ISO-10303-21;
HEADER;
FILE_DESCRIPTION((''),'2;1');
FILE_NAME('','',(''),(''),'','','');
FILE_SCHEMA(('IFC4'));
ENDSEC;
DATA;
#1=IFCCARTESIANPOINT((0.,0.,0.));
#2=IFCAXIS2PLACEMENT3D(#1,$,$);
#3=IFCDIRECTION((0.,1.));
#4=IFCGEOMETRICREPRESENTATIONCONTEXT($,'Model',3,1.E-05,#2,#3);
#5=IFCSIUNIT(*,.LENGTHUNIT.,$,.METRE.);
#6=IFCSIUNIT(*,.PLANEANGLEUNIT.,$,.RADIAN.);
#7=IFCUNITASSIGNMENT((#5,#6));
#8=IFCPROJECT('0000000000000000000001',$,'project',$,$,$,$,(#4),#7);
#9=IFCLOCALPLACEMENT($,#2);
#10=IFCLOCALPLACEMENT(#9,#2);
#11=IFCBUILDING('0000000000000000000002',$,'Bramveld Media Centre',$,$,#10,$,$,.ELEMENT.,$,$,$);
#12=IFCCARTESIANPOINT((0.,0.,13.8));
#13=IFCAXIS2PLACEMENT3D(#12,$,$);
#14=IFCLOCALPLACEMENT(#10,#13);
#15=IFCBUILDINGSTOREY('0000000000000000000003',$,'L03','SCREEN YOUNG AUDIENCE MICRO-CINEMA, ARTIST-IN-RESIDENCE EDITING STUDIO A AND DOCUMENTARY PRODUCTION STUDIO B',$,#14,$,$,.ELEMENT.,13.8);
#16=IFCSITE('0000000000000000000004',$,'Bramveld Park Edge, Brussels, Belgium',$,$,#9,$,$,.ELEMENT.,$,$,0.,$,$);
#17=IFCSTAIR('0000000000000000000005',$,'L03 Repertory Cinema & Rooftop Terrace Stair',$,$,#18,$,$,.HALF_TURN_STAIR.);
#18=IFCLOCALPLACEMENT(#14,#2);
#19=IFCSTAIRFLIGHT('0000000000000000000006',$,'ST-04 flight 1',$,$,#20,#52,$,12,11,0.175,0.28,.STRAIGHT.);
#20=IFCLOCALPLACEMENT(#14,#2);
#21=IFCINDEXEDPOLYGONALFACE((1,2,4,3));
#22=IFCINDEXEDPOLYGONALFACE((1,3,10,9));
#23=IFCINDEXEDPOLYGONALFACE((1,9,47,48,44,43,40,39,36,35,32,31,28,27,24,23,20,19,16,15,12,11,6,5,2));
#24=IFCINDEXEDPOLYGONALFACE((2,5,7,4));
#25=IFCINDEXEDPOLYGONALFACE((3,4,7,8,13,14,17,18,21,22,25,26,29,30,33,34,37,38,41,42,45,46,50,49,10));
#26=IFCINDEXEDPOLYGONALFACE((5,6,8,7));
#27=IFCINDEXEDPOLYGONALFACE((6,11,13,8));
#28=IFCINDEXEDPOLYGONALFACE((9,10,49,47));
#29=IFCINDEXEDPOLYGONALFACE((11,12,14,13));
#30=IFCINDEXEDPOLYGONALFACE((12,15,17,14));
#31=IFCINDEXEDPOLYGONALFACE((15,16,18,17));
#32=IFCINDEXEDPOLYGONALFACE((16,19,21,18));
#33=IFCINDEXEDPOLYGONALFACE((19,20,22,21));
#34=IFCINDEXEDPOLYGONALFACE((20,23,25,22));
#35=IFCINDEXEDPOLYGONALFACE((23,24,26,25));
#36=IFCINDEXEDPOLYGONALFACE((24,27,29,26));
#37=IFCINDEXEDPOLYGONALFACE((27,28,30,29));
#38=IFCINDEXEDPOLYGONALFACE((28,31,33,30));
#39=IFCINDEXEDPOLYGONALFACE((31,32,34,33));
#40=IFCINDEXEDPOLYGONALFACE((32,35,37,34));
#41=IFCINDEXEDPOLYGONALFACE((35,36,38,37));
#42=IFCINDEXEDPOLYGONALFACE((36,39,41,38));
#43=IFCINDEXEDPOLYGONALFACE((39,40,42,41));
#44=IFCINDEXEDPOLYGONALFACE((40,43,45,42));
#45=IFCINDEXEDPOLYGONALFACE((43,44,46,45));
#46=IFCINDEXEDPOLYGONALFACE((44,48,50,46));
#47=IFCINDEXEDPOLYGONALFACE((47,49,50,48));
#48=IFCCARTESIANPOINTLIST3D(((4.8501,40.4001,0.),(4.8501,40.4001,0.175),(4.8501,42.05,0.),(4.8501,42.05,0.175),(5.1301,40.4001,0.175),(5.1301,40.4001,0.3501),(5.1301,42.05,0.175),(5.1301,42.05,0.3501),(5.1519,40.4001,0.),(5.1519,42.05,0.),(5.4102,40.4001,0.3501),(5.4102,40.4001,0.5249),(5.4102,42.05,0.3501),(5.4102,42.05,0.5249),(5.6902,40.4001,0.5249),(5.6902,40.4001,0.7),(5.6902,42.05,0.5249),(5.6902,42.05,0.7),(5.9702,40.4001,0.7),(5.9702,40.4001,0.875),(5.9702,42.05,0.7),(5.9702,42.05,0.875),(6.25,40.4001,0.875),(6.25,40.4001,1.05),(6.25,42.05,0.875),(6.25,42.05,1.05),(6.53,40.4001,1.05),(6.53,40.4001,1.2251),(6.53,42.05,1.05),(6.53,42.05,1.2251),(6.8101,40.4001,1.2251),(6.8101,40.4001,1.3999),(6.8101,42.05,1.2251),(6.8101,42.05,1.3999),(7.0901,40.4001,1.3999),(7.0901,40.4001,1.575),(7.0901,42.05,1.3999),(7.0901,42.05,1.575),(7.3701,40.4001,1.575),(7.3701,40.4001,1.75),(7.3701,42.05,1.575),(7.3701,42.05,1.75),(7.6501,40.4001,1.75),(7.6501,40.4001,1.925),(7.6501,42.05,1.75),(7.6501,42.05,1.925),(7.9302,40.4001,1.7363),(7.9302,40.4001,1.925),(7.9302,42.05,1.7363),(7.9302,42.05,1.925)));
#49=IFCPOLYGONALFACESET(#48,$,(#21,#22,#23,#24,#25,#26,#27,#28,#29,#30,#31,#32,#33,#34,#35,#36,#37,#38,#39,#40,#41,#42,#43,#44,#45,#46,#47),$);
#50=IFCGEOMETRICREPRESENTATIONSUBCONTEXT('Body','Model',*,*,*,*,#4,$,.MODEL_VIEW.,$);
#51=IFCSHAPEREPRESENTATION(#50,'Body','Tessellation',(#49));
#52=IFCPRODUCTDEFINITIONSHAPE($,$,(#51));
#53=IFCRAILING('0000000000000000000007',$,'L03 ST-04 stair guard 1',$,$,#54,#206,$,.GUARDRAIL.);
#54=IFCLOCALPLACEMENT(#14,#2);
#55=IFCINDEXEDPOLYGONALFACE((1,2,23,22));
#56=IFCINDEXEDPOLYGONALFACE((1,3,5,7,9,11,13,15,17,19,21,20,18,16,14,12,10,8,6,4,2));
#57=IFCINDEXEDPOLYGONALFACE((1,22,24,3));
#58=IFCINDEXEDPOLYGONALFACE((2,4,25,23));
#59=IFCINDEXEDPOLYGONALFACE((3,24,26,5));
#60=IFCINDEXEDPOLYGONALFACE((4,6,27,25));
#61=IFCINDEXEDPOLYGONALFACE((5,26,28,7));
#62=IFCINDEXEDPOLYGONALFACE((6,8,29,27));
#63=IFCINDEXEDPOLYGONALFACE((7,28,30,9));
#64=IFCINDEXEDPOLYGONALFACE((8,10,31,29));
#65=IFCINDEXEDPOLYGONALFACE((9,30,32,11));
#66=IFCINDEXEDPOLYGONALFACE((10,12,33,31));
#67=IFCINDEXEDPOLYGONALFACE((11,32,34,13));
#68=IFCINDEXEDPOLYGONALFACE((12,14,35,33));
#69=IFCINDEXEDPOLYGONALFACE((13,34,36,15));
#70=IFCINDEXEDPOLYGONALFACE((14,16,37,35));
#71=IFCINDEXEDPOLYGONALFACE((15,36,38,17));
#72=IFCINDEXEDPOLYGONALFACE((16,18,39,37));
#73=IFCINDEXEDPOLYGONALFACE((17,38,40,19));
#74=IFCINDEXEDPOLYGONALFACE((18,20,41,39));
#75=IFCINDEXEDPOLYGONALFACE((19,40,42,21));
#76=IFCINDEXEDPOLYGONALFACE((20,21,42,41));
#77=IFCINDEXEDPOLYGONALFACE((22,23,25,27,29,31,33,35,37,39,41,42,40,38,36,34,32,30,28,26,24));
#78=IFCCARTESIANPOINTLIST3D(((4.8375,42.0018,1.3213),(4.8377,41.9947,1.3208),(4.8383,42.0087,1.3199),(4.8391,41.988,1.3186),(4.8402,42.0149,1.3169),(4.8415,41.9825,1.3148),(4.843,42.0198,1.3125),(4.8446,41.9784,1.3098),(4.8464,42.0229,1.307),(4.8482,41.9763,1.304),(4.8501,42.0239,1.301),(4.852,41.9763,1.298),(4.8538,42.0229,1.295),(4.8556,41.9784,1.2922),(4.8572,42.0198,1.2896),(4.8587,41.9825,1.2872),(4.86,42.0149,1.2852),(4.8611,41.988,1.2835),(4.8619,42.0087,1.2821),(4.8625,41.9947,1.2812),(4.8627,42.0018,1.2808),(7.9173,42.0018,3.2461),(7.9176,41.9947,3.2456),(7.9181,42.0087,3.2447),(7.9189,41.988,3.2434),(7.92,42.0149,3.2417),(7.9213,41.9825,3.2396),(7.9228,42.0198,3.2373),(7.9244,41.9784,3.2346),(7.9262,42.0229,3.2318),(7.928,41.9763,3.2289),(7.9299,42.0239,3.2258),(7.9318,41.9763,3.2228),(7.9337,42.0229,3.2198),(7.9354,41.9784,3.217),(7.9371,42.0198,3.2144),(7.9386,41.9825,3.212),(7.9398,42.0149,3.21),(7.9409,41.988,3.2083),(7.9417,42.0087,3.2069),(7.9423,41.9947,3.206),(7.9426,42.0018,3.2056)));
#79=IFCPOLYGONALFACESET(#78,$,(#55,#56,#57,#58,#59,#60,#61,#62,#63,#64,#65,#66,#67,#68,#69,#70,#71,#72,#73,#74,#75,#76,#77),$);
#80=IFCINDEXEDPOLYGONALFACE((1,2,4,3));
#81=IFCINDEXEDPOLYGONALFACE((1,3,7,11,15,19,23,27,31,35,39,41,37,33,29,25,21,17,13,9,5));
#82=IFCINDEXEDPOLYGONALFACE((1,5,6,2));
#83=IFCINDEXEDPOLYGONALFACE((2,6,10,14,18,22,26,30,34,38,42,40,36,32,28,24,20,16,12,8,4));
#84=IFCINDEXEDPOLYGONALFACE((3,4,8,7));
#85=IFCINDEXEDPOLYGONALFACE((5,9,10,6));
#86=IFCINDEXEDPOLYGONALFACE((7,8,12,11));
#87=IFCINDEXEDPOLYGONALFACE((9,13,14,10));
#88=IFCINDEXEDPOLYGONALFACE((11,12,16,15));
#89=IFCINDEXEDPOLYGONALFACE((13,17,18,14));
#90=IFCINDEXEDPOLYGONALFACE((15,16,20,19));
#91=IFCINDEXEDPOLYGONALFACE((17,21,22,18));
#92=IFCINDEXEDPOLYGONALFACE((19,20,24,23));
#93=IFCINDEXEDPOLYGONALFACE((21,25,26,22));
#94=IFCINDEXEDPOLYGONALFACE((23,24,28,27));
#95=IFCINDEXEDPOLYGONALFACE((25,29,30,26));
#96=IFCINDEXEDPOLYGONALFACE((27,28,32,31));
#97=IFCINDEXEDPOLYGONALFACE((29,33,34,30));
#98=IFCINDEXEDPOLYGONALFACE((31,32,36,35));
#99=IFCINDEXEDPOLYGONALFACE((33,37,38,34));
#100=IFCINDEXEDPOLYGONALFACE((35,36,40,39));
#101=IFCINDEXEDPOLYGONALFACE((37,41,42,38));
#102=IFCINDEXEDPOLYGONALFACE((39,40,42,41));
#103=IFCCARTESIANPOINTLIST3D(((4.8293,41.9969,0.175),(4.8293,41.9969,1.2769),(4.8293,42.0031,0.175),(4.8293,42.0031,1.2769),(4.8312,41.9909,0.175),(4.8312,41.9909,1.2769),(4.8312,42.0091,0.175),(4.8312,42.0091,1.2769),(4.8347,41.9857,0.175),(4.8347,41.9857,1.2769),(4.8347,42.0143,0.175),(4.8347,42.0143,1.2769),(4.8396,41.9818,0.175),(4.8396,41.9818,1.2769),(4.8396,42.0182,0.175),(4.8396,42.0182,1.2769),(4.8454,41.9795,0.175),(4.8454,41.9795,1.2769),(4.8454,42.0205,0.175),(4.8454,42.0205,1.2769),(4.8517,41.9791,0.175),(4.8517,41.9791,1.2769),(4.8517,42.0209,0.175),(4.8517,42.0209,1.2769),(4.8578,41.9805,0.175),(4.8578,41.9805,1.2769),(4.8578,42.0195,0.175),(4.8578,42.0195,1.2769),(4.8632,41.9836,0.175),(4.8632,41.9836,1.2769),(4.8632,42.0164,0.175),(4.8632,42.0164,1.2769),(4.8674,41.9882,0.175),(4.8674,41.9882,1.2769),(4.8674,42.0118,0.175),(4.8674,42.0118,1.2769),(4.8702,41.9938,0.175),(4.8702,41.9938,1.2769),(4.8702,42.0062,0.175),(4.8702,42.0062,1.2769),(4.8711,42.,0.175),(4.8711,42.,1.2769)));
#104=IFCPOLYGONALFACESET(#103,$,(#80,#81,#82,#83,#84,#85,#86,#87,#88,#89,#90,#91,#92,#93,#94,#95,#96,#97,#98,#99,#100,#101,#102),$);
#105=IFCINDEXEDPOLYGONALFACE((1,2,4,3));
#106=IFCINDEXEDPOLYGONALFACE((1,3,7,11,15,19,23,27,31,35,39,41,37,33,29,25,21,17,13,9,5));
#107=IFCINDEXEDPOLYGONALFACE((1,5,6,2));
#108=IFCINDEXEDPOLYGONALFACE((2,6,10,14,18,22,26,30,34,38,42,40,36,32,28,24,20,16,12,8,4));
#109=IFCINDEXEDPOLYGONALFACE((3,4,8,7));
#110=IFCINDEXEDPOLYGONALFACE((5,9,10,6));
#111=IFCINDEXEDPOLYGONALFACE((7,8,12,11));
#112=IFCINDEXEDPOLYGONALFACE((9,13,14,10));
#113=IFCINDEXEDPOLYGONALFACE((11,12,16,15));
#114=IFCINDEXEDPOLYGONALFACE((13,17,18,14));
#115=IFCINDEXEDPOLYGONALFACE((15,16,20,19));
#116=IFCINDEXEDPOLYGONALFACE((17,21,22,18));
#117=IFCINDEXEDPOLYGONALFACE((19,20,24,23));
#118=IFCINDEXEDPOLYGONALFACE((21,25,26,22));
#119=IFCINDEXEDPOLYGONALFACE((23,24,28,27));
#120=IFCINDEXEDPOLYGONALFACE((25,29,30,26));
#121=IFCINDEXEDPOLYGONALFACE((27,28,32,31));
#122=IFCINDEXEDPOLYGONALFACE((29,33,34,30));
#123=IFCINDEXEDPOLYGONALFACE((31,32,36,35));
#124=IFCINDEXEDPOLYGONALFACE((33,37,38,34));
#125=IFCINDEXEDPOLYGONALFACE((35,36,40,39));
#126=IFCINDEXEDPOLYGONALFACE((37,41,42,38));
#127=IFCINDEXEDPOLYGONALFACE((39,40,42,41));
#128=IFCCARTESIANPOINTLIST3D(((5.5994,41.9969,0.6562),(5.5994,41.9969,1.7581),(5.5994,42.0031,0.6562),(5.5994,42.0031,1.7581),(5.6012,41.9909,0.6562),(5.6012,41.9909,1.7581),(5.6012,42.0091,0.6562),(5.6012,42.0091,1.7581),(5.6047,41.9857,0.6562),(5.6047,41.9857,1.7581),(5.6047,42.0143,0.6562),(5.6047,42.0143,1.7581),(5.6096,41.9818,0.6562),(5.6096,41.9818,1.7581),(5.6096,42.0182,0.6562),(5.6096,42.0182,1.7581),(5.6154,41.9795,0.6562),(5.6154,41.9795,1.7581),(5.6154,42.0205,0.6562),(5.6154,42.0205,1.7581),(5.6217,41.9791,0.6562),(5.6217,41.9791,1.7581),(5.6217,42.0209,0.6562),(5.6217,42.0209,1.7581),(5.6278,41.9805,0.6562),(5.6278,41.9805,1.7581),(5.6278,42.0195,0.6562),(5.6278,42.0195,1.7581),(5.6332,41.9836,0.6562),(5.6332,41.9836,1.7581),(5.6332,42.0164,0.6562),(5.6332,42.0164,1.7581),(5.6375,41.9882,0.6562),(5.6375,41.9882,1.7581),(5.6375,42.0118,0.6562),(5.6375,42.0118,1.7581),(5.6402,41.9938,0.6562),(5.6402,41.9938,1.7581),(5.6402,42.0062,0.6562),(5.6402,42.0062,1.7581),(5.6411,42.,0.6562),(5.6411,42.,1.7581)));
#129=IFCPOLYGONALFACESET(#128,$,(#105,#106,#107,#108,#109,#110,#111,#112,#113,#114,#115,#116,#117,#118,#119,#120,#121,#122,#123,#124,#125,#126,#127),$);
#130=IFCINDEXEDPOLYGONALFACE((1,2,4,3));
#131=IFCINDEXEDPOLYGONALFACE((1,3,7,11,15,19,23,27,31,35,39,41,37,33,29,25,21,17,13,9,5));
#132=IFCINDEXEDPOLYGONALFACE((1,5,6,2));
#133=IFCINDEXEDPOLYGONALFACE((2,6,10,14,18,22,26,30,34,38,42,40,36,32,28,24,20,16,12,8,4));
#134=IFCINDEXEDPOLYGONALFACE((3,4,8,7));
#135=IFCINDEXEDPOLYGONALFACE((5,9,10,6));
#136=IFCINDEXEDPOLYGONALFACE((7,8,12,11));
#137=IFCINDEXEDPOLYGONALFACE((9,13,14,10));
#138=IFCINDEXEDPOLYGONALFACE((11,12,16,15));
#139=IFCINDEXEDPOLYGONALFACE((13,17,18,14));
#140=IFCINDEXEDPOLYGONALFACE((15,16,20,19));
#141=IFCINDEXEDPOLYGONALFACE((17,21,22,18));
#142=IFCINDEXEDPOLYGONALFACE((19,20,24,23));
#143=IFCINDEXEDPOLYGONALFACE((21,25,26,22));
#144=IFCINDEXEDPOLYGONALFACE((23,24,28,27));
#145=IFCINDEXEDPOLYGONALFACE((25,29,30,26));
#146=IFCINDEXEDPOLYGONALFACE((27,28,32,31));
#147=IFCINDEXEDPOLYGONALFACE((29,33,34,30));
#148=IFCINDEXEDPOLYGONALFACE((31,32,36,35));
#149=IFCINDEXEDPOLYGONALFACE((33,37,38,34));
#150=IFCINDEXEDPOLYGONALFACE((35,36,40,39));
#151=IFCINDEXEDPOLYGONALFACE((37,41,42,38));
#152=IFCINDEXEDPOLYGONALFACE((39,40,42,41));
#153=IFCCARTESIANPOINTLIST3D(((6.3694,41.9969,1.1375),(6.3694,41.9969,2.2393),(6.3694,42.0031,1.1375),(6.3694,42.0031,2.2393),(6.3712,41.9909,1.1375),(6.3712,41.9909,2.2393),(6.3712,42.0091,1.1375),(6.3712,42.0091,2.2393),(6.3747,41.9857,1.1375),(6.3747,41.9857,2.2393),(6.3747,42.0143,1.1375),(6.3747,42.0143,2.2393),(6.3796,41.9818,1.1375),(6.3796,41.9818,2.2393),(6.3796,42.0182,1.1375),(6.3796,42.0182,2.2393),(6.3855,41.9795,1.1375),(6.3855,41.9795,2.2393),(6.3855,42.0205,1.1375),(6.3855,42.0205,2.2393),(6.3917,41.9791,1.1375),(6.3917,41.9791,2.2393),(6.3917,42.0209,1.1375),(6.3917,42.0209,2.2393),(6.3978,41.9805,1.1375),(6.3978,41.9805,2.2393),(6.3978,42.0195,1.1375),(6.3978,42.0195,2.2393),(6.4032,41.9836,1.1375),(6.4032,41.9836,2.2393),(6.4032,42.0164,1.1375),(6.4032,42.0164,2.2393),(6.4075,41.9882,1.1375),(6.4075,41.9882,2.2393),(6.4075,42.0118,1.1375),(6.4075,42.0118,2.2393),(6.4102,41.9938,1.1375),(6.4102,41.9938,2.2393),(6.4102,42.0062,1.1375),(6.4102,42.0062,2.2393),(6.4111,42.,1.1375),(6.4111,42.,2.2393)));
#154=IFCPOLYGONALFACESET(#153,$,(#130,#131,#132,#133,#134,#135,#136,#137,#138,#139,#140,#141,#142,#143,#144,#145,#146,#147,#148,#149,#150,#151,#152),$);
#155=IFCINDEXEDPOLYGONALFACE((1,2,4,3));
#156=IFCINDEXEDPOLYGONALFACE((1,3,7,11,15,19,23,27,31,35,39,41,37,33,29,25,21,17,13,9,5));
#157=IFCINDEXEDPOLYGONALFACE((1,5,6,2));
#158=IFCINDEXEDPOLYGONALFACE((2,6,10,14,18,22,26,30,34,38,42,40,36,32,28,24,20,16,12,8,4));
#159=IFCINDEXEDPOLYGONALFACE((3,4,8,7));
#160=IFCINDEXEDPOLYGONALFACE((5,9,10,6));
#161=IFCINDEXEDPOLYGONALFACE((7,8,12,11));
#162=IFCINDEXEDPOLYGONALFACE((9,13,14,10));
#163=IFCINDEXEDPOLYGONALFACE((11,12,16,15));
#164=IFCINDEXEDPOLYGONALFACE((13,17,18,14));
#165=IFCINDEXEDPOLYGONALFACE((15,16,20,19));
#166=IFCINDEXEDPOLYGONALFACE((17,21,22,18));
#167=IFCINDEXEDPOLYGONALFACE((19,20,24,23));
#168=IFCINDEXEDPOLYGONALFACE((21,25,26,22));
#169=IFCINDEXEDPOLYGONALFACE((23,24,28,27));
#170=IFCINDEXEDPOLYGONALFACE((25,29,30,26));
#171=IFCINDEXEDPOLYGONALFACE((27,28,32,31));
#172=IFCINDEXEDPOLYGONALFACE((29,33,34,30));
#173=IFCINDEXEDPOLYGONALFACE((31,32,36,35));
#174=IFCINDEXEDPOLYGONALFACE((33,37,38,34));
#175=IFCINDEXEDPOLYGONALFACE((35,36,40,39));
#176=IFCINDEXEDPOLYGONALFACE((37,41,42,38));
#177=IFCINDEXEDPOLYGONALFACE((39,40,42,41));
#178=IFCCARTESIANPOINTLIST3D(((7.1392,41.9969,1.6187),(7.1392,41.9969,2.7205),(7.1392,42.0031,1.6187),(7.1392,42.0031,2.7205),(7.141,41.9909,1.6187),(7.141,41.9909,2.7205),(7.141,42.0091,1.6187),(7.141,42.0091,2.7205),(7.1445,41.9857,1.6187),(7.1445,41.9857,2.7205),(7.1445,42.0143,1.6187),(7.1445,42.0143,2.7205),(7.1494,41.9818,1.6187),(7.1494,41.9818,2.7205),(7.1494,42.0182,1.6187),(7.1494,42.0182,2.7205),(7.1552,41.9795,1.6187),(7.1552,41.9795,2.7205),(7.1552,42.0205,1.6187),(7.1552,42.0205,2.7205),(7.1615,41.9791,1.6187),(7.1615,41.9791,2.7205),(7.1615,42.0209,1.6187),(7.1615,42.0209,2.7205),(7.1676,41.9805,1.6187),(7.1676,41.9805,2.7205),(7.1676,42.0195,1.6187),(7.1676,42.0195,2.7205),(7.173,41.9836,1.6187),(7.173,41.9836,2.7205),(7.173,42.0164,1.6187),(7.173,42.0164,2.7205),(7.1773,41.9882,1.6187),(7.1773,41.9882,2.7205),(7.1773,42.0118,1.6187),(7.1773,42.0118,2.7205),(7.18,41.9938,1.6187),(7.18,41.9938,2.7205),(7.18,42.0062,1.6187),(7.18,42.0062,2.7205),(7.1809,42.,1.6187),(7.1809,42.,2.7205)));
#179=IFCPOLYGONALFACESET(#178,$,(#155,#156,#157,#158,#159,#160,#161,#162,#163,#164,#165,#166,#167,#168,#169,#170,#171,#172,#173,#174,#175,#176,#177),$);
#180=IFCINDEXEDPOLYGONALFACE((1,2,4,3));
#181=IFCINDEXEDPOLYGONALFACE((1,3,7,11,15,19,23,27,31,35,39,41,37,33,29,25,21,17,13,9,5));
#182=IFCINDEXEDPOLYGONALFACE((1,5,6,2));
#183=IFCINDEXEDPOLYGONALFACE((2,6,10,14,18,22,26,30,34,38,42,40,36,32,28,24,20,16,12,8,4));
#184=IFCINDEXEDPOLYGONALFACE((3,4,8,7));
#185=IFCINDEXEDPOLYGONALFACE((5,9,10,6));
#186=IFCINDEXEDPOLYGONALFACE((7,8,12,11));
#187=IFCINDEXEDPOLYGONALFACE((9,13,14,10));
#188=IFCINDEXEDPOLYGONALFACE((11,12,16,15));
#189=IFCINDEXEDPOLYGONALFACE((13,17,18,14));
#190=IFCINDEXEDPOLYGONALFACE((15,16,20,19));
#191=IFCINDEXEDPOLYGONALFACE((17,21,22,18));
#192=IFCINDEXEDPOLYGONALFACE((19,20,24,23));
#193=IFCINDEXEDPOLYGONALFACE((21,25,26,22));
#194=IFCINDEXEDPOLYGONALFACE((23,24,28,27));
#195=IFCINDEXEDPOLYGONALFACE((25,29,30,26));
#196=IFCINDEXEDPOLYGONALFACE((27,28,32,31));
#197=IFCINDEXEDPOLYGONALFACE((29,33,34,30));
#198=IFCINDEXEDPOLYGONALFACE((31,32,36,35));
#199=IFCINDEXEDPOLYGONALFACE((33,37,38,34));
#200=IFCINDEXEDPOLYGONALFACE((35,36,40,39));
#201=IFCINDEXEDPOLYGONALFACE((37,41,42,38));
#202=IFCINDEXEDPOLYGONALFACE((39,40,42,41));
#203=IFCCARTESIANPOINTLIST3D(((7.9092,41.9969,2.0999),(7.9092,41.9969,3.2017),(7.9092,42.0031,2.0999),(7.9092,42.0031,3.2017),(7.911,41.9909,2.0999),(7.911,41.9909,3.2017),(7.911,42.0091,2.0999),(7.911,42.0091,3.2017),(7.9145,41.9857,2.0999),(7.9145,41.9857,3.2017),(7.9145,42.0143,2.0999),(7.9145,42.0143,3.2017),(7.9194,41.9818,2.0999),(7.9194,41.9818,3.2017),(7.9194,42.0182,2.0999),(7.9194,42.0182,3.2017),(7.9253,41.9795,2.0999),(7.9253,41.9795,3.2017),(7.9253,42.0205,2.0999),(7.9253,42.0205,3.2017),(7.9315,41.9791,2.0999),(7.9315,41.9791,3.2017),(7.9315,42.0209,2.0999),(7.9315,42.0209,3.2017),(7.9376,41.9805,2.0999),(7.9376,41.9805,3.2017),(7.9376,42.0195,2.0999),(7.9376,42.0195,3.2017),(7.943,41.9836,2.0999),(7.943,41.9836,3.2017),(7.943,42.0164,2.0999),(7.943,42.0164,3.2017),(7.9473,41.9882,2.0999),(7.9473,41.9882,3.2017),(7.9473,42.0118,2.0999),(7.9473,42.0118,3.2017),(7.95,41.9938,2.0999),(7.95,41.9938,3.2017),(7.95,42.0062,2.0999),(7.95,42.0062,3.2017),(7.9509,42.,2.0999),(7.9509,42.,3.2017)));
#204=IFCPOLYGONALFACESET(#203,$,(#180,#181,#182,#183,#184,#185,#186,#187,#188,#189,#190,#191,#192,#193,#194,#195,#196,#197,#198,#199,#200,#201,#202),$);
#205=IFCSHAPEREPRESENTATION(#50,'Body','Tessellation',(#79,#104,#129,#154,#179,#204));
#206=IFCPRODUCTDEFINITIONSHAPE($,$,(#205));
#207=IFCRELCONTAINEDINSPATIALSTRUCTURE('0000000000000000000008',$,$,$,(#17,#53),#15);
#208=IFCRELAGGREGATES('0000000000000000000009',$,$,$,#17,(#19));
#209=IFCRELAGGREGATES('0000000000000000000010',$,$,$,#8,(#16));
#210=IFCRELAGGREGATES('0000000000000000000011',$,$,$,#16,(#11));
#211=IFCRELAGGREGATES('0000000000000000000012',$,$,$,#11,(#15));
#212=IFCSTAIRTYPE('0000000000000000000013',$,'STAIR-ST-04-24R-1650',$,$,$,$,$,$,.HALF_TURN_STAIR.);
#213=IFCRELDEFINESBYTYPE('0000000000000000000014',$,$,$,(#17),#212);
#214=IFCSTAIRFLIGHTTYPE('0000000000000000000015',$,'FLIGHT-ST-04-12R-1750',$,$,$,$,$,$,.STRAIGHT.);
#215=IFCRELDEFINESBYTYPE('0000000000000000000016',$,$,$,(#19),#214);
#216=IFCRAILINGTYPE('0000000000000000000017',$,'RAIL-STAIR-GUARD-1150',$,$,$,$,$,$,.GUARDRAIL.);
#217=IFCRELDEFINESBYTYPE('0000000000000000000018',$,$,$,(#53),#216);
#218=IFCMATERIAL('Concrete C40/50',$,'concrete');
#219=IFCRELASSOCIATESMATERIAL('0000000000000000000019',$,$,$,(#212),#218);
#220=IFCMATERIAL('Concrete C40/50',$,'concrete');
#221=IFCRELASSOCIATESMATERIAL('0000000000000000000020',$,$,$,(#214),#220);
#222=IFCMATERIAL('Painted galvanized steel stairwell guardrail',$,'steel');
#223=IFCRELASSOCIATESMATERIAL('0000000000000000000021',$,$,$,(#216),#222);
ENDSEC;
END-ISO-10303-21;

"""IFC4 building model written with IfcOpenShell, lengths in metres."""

from ifc_helpers import new_model, si_unit, direction, frame, origin, origin_2d, place, context, subcontext, project, spatial, polyline, circle, outline, extrude, material, type_object, element, aggregate, save


model = new_model("IFC4")

# Units and contexts
model_context = context("Model", 3, precision=1e-05, world=origin(), true_north=direction((0.0, 1.0)))
body_context = subcontext(model_context, "Body", "Model", "MODEL_VIEW")
ifc_project = project(units=[si_unit("LENGTHUNIT", "METRE"), si_unit("PLANEANGLEUNIT", "RADIAN")], contexts=[model_context])

# Site, building, storey
site_placement = place(None, origin())
site = spatial("IfcSite", under=ifc_project, at=site_placement, Name="Bramveld Park Edge, Brussels, Belgium", CompositionType="ELEMENT", RefElevation=0.0)
building_placement = place(site_placement, origin())
building = spatial("IfcBuilding", under=site, at=building_placement, Name="Bramveld Media Centre", CompositionType="ELEMENT")
storey_placement = place(building_placement, frame((0.0, 0.0, 13.8)))
storey = spatial("IfcBuildingStorey", under=building, at=storey_placement, Name="L03", Description="SCREEN YOUNG AUDIENCE MICRO-CINEMA, ARTIST-IN-RESIDENCE EDITING STUDIO A AND DOCUMENTARY PRODUCTION STUDIO B", CompositionType="ELEMENT", Elevation=13.8)

# Stair, stair flight
ifc_material_1 = material(Name="Concrete C40/50", Category="concrete")
stair_type = type_object("IfcStairType", Name="STAIR-ST-04-24R-1650", PredefinedType="HALF_TURN_STAIR", material=ifc_material_1)
stair_placement = place(storey_placement, origin())
stair = element("IfcStair", 1, at=stair_placement, inside=storey, type_object=stair_type, Name="L03 Repertory Cinema & Rooftop Terrace Stair", PredefinedType="HALF_TURN_STAIR")
ifc_material_2 = material(Name="Concrete C40/50", Category="concrete")
stair_flight_type = type_object("IfcStairFlightType", Name="FLIGHT-ST-04-12R-1750", PredefinedType="STRAIGHT", material=ifc_material_2)
stair_flight_placement = place(storey_placement, frame((4.8501, 41.2251, 0.0), z_axis=(0.0, 0.0, 1.0), x_axis=(1.0, 0.0, 0.0)))
stair_flight = element("IfcStairFlight", 2, at=stair_flight_placement, type_object=stair_flight_type, Name="ST-04 flight 1", NumberOfRisers=12, NumberOfTreads=11, PredefinedType="STRAIGHT", RiserHeight=0.175, TreadLength=0.28, context=body_context, shape_type="SweptSolid", body=[
    extrude(outline(polyline([(0.0, 0.0), (0.0, 0.175), (0.28, 0.175), (0.28, 0.3501), (0.5601, 0.3501), (0.5601, 0.5249), (0.8401, 0.5249), (0.8401, 0.7), (1.1201, 0.7), (1.1201, 0.875), (1.3999, 0.875), (1.3999, 1.05), (1.6799, 1.05), (1.6799, 1.2251), (1.96, 1.2251), (1.96, 1.3999), (2.24, 1.3999), (2.24, 1.575), (2.52, 1.575), (2.52, 1.75), (2.8, 1.75), (2.8, 1.925), (3.0801, 1.925), (3.0801, 2.1001), (3.0801, 1.7363), (0.3018, 0.0), (0.0, 0.0)])), frame((0.0, 0.825, 0.0), z_axis=(0.0, -1.0, 0.0), x_axis=(1.0, 0.0, 0.0)), (0.0, 0.0, 1.0), 1.6499),
])
aggregate(stair, [stair_flight])

# Railing
ifc_material_3 = material(Name="Painted galvanized steel stairwell guardrail", Category="steel")
railing_type_1 = type_object("IfcRailingType", Name="RAIL-STAIR-GUARD-1150", PredefinedType="GUARDRAIL", material=ifc_material_3)
railing_1_placement = place(storey_placement, frame((4.8501, 42.0, 0.175)))
element("IfcRailing", 3, at=railing_1_placement, inside=storey, type_object=railing_type_1, Name="L03 ST-04 stair guard 1", PredefinedType="GUARDRAIL", context=body_context, shape_type="SweptSolid", body=[
    extrude(circle(Radius=0.0239, at=origin_2d()), frame((0.0, 0.0, 1.126), z_axis=(0.84801, 0.0, 0.529981), x_axis=(0.0, 1.0, 0.0)), (0.0, 0.0, 1.0), 3.6318),
    extrude(circle(Radius=0.021, at=origin_2d()), origin(), (0.0, 0.0, 1.0), 1.1018),
    extrude(circle(Radius=0.021, at=origin_2d()), frame((0.77, 0.0, 0.4812)), (0.0, 0.0, 1.0), 1.1018),
    extrude(circle(Radius=0.021, at=origin_2d()), frame((1.54, 0.0, 0.9624)), (0.0, 0.0, 1.0), 1.1018),
    extrude(circle(Radius=0.021, at=origin_2d()), frame((2.3098, 0.0, 1.4436)), (0.0, 0.0, 1.0), 1.1018),
    extrude(circle(Radius=0.021, at=origin_2d()), frame((3.0798, 0.0, 1.9248)), (0.0, 0.0, 1.0), 1.1018),
])

save(model, "model.ifc")
